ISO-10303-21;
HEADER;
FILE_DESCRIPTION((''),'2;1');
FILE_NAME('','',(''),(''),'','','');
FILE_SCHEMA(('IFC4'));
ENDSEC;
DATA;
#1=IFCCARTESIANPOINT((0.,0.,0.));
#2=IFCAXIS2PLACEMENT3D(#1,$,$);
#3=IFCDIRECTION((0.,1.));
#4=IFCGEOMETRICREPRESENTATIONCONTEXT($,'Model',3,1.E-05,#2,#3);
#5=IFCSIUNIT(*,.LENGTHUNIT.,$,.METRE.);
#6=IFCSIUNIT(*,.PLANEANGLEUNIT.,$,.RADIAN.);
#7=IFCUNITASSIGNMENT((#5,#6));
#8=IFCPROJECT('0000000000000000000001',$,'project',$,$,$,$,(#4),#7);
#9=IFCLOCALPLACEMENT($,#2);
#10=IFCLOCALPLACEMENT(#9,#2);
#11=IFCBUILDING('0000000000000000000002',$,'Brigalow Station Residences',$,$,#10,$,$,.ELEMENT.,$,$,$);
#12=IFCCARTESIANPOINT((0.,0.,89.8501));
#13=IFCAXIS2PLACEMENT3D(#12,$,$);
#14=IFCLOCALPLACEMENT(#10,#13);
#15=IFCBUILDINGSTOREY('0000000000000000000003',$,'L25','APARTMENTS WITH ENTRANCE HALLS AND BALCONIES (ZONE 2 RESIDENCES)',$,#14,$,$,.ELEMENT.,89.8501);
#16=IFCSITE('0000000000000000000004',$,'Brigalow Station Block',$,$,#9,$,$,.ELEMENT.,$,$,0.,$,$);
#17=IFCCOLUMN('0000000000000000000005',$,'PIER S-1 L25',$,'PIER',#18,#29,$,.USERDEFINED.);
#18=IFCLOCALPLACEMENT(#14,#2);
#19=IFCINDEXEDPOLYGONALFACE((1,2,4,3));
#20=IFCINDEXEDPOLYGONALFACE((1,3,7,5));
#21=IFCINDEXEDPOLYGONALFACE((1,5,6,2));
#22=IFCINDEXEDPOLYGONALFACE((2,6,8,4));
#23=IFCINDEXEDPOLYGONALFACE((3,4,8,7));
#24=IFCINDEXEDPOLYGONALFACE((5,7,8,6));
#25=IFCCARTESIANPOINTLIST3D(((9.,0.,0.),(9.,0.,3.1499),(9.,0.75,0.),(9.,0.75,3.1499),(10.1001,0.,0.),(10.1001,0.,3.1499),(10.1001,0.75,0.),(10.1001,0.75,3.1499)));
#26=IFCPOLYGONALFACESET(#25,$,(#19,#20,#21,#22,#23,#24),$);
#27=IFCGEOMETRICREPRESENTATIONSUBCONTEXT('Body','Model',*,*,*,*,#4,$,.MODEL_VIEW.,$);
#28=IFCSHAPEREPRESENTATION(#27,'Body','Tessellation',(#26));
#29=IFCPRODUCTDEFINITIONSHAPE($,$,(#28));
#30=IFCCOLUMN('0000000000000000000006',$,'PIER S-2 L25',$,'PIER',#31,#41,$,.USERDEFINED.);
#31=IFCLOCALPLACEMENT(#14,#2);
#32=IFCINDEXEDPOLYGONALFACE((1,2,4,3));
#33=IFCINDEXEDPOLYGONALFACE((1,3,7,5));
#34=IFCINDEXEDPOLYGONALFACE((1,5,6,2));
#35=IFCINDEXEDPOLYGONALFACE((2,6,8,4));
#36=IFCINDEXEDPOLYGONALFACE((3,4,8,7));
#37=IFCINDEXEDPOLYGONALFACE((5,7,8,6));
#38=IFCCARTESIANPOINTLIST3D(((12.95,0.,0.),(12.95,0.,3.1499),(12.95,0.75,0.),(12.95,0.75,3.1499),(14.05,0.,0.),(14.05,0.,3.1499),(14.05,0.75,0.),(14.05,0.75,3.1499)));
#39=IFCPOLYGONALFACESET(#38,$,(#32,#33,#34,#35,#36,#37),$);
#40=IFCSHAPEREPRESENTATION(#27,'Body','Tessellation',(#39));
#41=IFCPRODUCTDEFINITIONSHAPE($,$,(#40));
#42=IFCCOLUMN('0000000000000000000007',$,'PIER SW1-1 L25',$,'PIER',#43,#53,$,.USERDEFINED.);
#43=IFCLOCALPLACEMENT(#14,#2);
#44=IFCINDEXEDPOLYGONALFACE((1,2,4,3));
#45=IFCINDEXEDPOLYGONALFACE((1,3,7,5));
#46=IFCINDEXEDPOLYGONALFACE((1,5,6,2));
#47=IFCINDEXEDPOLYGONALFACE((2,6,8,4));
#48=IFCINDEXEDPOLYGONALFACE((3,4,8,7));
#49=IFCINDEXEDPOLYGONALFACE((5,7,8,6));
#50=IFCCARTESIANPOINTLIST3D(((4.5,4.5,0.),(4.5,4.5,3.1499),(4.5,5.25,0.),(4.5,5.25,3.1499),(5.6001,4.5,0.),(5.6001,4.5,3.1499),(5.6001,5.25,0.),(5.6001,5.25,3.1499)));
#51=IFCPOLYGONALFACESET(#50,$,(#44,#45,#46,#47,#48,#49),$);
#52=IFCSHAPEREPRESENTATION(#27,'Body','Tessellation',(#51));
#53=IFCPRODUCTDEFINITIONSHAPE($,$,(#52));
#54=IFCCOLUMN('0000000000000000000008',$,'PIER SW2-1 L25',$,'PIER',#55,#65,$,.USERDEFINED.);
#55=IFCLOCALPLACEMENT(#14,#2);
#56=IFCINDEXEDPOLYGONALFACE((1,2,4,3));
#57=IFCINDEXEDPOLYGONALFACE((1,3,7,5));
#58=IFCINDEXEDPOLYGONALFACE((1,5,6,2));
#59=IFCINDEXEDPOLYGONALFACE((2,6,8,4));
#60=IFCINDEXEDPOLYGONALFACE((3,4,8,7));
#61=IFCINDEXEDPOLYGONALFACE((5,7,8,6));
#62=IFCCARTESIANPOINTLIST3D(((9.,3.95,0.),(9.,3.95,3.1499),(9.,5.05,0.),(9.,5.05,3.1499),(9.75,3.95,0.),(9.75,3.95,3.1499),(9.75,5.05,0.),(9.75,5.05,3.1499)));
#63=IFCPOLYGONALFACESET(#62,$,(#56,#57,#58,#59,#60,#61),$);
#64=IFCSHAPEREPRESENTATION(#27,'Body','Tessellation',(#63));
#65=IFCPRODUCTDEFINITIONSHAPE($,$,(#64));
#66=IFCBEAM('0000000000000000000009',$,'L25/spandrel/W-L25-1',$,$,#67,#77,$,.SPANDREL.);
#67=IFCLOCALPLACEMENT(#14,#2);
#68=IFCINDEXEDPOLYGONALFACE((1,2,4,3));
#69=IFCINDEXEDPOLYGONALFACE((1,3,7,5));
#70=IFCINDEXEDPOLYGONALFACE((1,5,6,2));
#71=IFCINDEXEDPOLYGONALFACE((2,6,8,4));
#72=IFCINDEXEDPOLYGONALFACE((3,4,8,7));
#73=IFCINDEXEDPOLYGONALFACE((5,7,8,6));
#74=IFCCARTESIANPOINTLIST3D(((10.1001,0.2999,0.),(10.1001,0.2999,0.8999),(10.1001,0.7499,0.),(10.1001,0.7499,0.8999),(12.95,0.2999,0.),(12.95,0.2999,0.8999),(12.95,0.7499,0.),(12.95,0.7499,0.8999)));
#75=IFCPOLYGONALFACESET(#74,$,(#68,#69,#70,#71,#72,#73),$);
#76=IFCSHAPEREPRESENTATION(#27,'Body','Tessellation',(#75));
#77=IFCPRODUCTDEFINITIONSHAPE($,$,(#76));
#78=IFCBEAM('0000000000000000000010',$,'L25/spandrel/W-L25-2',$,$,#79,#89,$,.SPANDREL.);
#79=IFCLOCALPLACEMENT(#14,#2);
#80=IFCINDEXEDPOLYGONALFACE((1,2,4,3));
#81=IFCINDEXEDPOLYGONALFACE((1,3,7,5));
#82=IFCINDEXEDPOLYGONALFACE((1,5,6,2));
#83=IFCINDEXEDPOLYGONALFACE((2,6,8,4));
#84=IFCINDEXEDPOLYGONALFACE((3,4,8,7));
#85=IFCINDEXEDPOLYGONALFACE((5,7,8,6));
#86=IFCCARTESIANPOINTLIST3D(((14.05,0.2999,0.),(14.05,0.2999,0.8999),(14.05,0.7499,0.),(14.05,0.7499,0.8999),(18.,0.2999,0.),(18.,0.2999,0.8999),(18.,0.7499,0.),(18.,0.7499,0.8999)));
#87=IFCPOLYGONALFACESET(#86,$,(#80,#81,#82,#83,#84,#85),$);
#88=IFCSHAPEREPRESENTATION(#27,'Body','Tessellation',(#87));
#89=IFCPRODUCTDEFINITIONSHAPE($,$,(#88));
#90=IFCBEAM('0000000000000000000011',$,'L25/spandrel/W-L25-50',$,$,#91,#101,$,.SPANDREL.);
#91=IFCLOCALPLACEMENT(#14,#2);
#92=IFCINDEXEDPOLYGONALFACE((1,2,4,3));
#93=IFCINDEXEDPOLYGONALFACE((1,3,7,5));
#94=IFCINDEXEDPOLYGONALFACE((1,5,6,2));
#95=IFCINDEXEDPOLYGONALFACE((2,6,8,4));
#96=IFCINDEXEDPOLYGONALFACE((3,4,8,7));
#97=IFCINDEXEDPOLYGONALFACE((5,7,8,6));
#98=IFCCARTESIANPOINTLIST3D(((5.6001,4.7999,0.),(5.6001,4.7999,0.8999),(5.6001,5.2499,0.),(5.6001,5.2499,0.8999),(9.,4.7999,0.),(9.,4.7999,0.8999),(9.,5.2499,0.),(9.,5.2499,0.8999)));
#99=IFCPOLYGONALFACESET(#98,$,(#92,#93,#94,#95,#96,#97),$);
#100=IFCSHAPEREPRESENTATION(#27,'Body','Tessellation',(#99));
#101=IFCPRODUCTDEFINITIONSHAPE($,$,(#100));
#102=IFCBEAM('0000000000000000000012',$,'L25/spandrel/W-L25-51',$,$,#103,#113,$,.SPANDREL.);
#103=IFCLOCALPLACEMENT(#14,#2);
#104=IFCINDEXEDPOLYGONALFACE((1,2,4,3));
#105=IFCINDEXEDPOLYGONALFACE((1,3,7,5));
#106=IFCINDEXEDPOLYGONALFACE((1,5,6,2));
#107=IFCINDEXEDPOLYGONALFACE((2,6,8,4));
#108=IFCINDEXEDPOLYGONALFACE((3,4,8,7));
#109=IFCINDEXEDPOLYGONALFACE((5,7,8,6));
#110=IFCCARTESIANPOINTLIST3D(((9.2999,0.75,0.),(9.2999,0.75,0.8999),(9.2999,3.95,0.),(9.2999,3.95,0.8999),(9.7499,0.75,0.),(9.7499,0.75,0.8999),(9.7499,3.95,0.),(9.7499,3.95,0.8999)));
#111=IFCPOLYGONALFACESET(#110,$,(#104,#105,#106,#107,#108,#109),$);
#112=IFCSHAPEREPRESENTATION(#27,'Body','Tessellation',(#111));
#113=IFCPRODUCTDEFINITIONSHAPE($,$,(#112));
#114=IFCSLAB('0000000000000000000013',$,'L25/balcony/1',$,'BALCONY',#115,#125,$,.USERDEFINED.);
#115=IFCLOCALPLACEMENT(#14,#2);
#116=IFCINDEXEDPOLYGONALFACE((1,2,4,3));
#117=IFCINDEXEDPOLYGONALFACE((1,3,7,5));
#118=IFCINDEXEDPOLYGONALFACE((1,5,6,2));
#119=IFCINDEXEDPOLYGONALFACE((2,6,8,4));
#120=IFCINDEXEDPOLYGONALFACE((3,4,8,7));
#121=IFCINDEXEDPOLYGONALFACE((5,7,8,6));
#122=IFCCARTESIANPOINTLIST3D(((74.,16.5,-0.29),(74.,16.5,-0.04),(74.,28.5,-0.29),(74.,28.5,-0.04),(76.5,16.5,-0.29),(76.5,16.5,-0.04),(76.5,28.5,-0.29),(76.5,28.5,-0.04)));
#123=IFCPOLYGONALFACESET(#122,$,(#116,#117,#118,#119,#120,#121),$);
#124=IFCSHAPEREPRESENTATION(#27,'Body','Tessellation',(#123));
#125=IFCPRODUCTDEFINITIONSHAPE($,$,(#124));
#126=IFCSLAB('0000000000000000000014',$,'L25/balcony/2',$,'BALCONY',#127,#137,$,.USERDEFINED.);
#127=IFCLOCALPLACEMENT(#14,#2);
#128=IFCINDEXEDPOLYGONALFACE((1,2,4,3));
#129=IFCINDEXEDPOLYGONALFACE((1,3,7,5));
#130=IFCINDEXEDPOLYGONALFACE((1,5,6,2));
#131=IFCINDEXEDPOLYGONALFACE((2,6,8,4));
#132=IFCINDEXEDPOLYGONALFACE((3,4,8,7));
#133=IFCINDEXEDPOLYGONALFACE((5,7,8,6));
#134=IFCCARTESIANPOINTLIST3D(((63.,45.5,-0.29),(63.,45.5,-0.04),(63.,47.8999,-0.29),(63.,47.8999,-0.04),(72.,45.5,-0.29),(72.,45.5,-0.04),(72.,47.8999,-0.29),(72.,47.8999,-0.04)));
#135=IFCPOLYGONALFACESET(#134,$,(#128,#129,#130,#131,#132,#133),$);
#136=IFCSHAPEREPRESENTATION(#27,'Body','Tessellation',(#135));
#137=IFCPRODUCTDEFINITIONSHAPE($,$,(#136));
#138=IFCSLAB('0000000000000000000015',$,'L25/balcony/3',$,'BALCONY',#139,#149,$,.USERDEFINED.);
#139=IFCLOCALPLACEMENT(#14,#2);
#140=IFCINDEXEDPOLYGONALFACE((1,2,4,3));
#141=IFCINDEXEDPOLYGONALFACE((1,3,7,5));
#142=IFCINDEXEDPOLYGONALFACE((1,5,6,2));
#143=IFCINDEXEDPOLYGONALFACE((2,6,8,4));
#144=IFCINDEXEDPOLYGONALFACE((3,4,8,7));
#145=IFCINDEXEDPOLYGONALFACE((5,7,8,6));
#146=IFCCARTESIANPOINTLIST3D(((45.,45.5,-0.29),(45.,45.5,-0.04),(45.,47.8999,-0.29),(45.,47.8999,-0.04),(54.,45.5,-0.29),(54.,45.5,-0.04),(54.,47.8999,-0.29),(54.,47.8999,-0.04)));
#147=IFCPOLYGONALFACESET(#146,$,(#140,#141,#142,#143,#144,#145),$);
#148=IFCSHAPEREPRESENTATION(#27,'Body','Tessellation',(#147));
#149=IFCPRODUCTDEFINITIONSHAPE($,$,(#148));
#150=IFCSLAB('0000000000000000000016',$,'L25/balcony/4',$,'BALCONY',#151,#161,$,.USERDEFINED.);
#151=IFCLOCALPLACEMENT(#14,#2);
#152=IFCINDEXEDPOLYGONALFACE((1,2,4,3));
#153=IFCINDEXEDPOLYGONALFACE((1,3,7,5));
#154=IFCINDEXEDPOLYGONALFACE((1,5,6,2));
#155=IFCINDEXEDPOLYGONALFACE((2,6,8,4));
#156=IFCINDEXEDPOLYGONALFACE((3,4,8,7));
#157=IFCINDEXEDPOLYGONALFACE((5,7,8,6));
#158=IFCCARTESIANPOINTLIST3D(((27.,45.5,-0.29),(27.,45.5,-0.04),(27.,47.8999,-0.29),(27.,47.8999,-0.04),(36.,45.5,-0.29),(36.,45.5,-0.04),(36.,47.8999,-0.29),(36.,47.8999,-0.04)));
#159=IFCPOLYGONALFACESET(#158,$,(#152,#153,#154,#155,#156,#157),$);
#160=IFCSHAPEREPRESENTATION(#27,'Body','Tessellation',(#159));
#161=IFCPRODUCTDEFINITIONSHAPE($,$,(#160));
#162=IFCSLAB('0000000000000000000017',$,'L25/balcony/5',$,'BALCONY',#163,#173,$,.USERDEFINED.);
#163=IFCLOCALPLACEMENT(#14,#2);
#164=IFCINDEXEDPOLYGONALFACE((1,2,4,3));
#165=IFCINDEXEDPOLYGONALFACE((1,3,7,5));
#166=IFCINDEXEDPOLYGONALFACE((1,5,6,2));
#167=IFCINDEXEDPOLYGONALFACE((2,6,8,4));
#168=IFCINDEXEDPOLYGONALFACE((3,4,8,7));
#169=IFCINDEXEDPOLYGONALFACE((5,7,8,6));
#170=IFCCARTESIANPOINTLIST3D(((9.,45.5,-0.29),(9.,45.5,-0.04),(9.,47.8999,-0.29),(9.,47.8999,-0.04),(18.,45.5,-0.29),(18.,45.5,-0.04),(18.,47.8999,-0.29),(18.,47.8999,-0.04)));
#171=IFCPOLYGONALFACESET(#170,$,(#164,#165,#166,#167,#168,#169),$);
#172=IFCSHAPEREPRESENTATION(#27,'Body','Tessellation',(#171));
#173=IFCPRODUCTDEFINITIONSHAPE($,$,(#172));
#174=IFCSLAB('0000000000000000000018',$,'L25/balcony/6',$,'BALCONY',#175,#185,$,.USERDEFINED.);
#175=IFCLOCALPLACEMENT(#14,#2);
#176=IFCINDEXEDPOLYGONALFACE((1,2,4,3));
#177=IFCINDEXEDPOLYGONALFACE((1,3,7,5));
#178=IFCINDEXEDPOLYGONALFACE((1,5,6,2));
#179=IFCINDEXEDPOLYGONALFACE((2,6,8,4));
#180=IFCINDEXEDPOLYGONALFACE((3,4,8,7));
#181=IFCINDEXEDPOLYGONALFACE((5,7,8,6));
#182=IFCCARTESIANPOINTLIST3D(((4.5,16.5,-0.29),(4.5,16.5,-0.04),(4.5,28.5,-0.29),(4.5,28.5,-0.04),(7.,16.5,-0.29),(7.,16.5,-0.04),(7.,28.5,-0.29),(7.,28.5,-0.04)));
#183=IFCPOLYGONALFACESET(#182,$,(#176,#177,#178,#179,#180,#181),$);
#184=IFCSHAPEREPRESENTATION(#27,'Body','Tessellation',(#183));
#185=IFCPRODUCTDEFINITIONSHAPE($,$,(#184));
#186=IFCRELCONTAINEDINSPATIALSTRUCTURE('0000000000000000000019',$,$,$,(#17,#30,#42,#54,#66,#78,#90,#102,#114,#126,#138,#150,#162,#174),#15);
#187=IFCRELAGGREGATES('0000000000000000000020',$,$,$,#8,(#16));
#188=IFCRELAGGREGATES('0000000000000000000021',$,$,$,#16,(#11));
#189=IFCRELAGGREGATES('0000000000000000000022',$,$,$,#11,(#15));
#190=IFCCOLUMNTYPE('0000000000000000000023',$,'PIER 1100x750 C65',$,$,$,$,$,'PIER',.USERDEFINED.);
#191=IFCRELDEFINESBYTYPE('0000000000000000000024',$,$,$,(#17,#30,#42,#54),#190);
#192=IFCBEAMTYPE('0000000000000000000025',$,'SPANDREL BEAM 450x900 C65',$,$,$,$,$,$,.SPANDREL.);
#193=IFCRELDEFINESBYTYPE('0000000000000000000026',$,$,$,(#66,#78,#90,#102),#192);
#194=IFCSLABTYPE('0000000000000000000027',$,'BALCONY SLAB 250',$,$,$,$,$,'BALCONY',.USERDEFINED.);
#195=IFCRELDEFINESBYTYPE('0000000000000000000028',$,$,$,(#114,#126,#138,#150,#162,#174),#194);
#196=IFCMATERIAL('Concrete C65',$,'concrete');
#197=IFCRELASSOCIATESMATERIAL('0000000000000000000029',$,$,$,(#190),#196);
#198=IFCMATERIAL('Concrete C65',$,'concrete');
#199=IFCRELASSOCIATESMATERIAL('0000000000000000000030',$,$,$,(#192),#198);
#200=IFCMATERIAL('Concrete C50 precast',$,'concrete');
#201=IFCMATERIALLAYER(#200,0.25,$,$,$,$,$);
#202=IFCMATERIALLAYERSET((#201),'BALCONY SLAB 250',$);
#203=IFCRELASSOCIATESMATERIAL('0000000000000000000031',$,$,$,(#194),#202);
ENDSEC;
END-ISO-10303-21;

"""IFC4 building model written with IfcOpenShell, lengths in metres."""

from ifc_helpers import new_model, si_unit, direction, frame, origin, origin_2d, place, context, subcontext, project, spatial, polyline, rectangle, outline, extrude, material, layer, layer_set, material_profile, profile_set, type_object, element, save


model = new_model("IFC4")

# Units and contexts
model_context = context("Model", 3, precision=1e-05, world=origin(), true_north=direction((0.0, 1.0)))
body_context = subcontext(model_context, "Body", "Model", "MODEL_VIEW")
ifc_project = project(units=[si_unit("LENGTHUNIT", "METRE"), si_unit("PLANEANGLEUNIT", "RADIAN")], contexts=[model_context])

# Site, building, storey
site_placement = place(None, origin())
site = spatial("IfcSite", under=ifc_project, at=site_placement, Name="Brigalow Station Block", CompositionType="ELEMENT", RefElevation=0.0)
building_placement = place(site_placement, origin())
building = spatial("IfcBuilding", under=site, at=building_placement, Name="Brigalow Station Residences", CompositionType="ELEMENT")
storey_placement = place(building_placement, frame((0.0, 0.0, 89.8501)))
storey = spatial("IfcBuildingStorey", under=building, at=storey_placement, Name="L25", Description="APARTMENTS WITH ENTRANCE HALLS AND BALCONIES (ZONE 2 RESIDENCES)", CompositionType="ELEMENT", Elevation=89.8501)

# Columns
ifc_material_1 = material(Name="Concrete C65", Category="concrete")
ifc_material_profile_1 = material_profile(ifc_material_1, rectangle(XDim=1.1001, YDim=0.75, at=origin_2d()), Name="RC1100x750")
ifc_profile_set_1 = profile_set([ifc_material_profile_1], Name="Concrete C65")
column_type = type_object("IfcColumnType", Name="PIER 1100x750 C65", ElementType="PIER", PredefinedType="USERDEFINED", material=ifc_profile_set_1)
for number, where, z_axis, x_axis, name in (
    (1, (9.55, 0.375, 0.0), (0.0, 0.0, 1.0), (1.0, 0.0, 0.0), "PIER S-1 L25"),
    (2, (13.5, 0.375, 0.0), (0.0, 0.0, 1.0), (1.0, 0.0, 0.0), "PIER S-2 L25"),
    (3, (5.05, 4.875, 0.0), (0.0, 0.0, 1.0), (1.0, 0.0, 0.0), "PIER SW1-1 L25"),
    (4, (9.375, 4.5, 0.0), (0.0, 0.0, 1.0), (0.0, -1.0, 0.0), "PIER SW2-1 L25"),
):
    element("IfcColumn", number, at=place(storey_placement, frame(where, z_axis=z_axis, x_axis=x_axis)), inside=storey, type_object=column_type, Name=name, ObjectType="PIER", PredefinedType="USERDEFINED", context=body_context, shape_type="SweptSolid", body=[
        extrude(rectangle(XDim=1.1001, YDim=0.75, at=origin_2d()), origin(), (0.0, 0.0, 1.0), 3.1499),
    ])

# Beams
ifc_material_2 = material(Name="Concrete C65", Category="concrete")
ifc_material_profile_2 = material_profile(ifc_material_2, rectangle(XDim=0.45, YDim=0.8999, at=origin_2d()), Name="RC450x900")
ifc_profile_set_2 = profile_set([ifc_material_profile_2], Name="Concrete C65")
beam_type = type_object("IfcBeamType", Name="SPANDREL BEAM 450x900 C65", PredefinedType="SPANDREL", material=ifc_profile_set_2)
beam_1_placement = place(storey_placement, frame((10.1001, 0.5249, 0.45), z_axis=(1.0, 0.0, 0.0), x_axis=(0.0, 1.0, 0.0)))
element("IfcBeam", 5, at=beam_1_placement, inside=storey, type_object=beam_type, Name="L25/spandrel/W-L25-1", PredefinedType="SPANDREL", context=body_context, shape_type="SweptSolid", body=[
    extrude(rectangle(XDim=0.45, YDim=0.8999, at=origin_2d()), origin(), (0.0, 0.0, 1.0), 2.8499),
])
beam_2_placement = place(storey_placement, frame((14.05, 0.5249, 0.45), z_axis=(1.0, 0.0, 0.0), x_axis=(0.0, 1.0, 0.0)))
element("IfcBeam", 6, at=beam_2_placement, inside=storey, type_object=beam_type, Name="L25/spandrel/W-L25-2", PredefinedType="SPANDREL", context=body_context, shape_type="SweptSolid", body=[
    extrude(rectangle(XDim=0.45, YDim=0.8999, at=origin_2d()), origin(), (0.0, 0.0, 1.0), 3.95),
])
beam_3_placement = place(storey_placement, frame((5.6001, 5.0249, 0.45), z_axis=(1.0, 0.0, 0.0), x_axis=(0.0, 1.0, 0.0)))
element("IfcBeam", 7, at=beam_3_placement, inside=storey, type_object=beam_type, Name="L25/spandrel/W-L25-50", PredefinedType="SPANDREL", context=body_context, shape_type="SweptSolid", body=[
    extrude(rectangle(XDim=0.45, YDim=0.8999, at=origin_2d()), origin(), (0.0, 0.0, 1.0), 3.3999),
])
beam_4_placement = place(storey_placement, frame((9.5249, 3.95, 0.45), z_axis=(0.0, -1.0, 0.0), x_axis=(1.0, 0.0, 0.0)))
element("IfcBeam", 8, at=beam_4_placement, inside=storey, type_object=beam_type, Name="L25/spandrel/W-L25-51", PredefinedType="SPANDREL", context=body_context, shape_type="SweptSolid", body=[
    extrude(rectangle(XDim=0.45, YDim=0.8999, at=origin_2d()), origin(), (0.0, 0.0, 1.0), 3.2),
])

# Slabs
ifc_material_3 = material(Name="Concrete C50 precast", Category="concrete")
ifc_layer_1 = layer(ifc_material_3, 0.25)
ifc_layer_set_1 = layer_set([ifc_layer_1], Name="BALCONY SLAB 250")
slab_type_1 = type_object("IfcSlabType", Name="BALCONY SLAB 250", ElementType="BALCONY", PredefinedType="USERDEFINED", material=ifc_layer_set_1)
slab_1_placement = place(storey_placement, frame((0.0, 0.0, -0.29)))
element("IfcSlab", 9, at=slab_1_placement, inside=storey, type_object=slab_type_1, Name="L25/balcony/1", ObjectType="BALCONY", PredefinedType="USERDEFINED", context=body_context, shape_type="SweptSolid", body=[
    extrude(outline(polyline([(74.0, 16.5), (76.5, 16.5), (76.5, 28.5), (74.0, 28.5), (74.0, 16.5)])), origin(), (0.0, 0.0, 1.0), 0.25),
])
slab_2_placement = place(storey_placement, frame((0.0, 0.0, -0.29)))
element("IfcSlab", 10, at=slab_2_placement, inside=storey, type_object=slab_type_1, Name="L25/balcony/2", ObjectType="BALCONY", PredefinedType="USERDEFINED", context=body_context, shape_type="SweptSolid", body=[
    extrude(outline(polyline([(72.0, 45.5), (72.0, 47.8999), (63.0, 47.8999), (63.0, 45.5), (72.0, 45.5)])), origin(), (0.0, 0.0, 1.0), 0.25),
])
slab_3_placement = place(storey_placement, frame((0.0, 0.0, -0.29)))
element("IfcSlab", 11, at=slab_3_placement, inside=storey, type_object=slab_type_1, Name="L25/balcony/3", ObjectType="BALCONY", PredefinedType="USERDEFINED", context=body_context, shape_type="SweptSolid", body=[
    extrude(outline(polyline([(54.0, 45.5), (54.0, 47.8999), (45.0, 47.8999), (45.0, 45.5), (54.0, 45.5)])), origin(), (0.0, 0.0, 1.0), 0.25),
])
slab_4_placement = place(storey_placement, frame((0.0, 0.0, -0.29)))
element("IfcSlab", 12, at=slab_4_placement, inside=storey, type_object=slab_type_1, Name="L25/balcony/4", ObjectType="BALCONY", PredefinedType="USERDEFINED", context=body_context, shape_type="SweptSolid", body=[
    extrude(outline(polyline([(36.0, 45.5), (36.0, 47.8999), (27.0, 47.8999), (27.0, 45.5), (36.0, 45.5)])), origin(), (0.0, 0.0, 1.0), 0.25),
])
slab_5_placement = place(storey_placement, frame((0.0, 0.0, -0.29)))
element("IfcSlab", 13, at=slab_5_placement, inside=storey, type_object=slab_type_1, Name="L25/balcony/5", ObjectType="BALCONY", PredefinedType="USERDEFINED", context=body_context, shape_type="SweptSolid", body=[
    extrude(outline(polyline([(18.0, 45.5), (18.0, 47.8999), (9.0, 47.8999), (9.0, 45.5), (18.0, 45.5)])), origin(), (0.0, 0.0, 1.0), 0.25),
])
slab_6_placement = place(storey_placement, frame((0.0, 0.0, -0.29)))
element("IfcSlab", 14, at=slab_6_placement, inside=storey, type_object=slab_type_1, Name="L25/balcony/6", ObjectType="BALCONY", PredefinedType="USERDEFINED", context=body_context, shape_type="SweptSolid", body=[
    extrude(outline(polyline([(7.0, 28.5), (4.5, 28.5), (4.5, 16.5), (7.0, 16.5), (7.0, 28.5)])), origin(), (0.0, 0.0, 1.0), 0.25),
])

save(model, "model.ifc")
